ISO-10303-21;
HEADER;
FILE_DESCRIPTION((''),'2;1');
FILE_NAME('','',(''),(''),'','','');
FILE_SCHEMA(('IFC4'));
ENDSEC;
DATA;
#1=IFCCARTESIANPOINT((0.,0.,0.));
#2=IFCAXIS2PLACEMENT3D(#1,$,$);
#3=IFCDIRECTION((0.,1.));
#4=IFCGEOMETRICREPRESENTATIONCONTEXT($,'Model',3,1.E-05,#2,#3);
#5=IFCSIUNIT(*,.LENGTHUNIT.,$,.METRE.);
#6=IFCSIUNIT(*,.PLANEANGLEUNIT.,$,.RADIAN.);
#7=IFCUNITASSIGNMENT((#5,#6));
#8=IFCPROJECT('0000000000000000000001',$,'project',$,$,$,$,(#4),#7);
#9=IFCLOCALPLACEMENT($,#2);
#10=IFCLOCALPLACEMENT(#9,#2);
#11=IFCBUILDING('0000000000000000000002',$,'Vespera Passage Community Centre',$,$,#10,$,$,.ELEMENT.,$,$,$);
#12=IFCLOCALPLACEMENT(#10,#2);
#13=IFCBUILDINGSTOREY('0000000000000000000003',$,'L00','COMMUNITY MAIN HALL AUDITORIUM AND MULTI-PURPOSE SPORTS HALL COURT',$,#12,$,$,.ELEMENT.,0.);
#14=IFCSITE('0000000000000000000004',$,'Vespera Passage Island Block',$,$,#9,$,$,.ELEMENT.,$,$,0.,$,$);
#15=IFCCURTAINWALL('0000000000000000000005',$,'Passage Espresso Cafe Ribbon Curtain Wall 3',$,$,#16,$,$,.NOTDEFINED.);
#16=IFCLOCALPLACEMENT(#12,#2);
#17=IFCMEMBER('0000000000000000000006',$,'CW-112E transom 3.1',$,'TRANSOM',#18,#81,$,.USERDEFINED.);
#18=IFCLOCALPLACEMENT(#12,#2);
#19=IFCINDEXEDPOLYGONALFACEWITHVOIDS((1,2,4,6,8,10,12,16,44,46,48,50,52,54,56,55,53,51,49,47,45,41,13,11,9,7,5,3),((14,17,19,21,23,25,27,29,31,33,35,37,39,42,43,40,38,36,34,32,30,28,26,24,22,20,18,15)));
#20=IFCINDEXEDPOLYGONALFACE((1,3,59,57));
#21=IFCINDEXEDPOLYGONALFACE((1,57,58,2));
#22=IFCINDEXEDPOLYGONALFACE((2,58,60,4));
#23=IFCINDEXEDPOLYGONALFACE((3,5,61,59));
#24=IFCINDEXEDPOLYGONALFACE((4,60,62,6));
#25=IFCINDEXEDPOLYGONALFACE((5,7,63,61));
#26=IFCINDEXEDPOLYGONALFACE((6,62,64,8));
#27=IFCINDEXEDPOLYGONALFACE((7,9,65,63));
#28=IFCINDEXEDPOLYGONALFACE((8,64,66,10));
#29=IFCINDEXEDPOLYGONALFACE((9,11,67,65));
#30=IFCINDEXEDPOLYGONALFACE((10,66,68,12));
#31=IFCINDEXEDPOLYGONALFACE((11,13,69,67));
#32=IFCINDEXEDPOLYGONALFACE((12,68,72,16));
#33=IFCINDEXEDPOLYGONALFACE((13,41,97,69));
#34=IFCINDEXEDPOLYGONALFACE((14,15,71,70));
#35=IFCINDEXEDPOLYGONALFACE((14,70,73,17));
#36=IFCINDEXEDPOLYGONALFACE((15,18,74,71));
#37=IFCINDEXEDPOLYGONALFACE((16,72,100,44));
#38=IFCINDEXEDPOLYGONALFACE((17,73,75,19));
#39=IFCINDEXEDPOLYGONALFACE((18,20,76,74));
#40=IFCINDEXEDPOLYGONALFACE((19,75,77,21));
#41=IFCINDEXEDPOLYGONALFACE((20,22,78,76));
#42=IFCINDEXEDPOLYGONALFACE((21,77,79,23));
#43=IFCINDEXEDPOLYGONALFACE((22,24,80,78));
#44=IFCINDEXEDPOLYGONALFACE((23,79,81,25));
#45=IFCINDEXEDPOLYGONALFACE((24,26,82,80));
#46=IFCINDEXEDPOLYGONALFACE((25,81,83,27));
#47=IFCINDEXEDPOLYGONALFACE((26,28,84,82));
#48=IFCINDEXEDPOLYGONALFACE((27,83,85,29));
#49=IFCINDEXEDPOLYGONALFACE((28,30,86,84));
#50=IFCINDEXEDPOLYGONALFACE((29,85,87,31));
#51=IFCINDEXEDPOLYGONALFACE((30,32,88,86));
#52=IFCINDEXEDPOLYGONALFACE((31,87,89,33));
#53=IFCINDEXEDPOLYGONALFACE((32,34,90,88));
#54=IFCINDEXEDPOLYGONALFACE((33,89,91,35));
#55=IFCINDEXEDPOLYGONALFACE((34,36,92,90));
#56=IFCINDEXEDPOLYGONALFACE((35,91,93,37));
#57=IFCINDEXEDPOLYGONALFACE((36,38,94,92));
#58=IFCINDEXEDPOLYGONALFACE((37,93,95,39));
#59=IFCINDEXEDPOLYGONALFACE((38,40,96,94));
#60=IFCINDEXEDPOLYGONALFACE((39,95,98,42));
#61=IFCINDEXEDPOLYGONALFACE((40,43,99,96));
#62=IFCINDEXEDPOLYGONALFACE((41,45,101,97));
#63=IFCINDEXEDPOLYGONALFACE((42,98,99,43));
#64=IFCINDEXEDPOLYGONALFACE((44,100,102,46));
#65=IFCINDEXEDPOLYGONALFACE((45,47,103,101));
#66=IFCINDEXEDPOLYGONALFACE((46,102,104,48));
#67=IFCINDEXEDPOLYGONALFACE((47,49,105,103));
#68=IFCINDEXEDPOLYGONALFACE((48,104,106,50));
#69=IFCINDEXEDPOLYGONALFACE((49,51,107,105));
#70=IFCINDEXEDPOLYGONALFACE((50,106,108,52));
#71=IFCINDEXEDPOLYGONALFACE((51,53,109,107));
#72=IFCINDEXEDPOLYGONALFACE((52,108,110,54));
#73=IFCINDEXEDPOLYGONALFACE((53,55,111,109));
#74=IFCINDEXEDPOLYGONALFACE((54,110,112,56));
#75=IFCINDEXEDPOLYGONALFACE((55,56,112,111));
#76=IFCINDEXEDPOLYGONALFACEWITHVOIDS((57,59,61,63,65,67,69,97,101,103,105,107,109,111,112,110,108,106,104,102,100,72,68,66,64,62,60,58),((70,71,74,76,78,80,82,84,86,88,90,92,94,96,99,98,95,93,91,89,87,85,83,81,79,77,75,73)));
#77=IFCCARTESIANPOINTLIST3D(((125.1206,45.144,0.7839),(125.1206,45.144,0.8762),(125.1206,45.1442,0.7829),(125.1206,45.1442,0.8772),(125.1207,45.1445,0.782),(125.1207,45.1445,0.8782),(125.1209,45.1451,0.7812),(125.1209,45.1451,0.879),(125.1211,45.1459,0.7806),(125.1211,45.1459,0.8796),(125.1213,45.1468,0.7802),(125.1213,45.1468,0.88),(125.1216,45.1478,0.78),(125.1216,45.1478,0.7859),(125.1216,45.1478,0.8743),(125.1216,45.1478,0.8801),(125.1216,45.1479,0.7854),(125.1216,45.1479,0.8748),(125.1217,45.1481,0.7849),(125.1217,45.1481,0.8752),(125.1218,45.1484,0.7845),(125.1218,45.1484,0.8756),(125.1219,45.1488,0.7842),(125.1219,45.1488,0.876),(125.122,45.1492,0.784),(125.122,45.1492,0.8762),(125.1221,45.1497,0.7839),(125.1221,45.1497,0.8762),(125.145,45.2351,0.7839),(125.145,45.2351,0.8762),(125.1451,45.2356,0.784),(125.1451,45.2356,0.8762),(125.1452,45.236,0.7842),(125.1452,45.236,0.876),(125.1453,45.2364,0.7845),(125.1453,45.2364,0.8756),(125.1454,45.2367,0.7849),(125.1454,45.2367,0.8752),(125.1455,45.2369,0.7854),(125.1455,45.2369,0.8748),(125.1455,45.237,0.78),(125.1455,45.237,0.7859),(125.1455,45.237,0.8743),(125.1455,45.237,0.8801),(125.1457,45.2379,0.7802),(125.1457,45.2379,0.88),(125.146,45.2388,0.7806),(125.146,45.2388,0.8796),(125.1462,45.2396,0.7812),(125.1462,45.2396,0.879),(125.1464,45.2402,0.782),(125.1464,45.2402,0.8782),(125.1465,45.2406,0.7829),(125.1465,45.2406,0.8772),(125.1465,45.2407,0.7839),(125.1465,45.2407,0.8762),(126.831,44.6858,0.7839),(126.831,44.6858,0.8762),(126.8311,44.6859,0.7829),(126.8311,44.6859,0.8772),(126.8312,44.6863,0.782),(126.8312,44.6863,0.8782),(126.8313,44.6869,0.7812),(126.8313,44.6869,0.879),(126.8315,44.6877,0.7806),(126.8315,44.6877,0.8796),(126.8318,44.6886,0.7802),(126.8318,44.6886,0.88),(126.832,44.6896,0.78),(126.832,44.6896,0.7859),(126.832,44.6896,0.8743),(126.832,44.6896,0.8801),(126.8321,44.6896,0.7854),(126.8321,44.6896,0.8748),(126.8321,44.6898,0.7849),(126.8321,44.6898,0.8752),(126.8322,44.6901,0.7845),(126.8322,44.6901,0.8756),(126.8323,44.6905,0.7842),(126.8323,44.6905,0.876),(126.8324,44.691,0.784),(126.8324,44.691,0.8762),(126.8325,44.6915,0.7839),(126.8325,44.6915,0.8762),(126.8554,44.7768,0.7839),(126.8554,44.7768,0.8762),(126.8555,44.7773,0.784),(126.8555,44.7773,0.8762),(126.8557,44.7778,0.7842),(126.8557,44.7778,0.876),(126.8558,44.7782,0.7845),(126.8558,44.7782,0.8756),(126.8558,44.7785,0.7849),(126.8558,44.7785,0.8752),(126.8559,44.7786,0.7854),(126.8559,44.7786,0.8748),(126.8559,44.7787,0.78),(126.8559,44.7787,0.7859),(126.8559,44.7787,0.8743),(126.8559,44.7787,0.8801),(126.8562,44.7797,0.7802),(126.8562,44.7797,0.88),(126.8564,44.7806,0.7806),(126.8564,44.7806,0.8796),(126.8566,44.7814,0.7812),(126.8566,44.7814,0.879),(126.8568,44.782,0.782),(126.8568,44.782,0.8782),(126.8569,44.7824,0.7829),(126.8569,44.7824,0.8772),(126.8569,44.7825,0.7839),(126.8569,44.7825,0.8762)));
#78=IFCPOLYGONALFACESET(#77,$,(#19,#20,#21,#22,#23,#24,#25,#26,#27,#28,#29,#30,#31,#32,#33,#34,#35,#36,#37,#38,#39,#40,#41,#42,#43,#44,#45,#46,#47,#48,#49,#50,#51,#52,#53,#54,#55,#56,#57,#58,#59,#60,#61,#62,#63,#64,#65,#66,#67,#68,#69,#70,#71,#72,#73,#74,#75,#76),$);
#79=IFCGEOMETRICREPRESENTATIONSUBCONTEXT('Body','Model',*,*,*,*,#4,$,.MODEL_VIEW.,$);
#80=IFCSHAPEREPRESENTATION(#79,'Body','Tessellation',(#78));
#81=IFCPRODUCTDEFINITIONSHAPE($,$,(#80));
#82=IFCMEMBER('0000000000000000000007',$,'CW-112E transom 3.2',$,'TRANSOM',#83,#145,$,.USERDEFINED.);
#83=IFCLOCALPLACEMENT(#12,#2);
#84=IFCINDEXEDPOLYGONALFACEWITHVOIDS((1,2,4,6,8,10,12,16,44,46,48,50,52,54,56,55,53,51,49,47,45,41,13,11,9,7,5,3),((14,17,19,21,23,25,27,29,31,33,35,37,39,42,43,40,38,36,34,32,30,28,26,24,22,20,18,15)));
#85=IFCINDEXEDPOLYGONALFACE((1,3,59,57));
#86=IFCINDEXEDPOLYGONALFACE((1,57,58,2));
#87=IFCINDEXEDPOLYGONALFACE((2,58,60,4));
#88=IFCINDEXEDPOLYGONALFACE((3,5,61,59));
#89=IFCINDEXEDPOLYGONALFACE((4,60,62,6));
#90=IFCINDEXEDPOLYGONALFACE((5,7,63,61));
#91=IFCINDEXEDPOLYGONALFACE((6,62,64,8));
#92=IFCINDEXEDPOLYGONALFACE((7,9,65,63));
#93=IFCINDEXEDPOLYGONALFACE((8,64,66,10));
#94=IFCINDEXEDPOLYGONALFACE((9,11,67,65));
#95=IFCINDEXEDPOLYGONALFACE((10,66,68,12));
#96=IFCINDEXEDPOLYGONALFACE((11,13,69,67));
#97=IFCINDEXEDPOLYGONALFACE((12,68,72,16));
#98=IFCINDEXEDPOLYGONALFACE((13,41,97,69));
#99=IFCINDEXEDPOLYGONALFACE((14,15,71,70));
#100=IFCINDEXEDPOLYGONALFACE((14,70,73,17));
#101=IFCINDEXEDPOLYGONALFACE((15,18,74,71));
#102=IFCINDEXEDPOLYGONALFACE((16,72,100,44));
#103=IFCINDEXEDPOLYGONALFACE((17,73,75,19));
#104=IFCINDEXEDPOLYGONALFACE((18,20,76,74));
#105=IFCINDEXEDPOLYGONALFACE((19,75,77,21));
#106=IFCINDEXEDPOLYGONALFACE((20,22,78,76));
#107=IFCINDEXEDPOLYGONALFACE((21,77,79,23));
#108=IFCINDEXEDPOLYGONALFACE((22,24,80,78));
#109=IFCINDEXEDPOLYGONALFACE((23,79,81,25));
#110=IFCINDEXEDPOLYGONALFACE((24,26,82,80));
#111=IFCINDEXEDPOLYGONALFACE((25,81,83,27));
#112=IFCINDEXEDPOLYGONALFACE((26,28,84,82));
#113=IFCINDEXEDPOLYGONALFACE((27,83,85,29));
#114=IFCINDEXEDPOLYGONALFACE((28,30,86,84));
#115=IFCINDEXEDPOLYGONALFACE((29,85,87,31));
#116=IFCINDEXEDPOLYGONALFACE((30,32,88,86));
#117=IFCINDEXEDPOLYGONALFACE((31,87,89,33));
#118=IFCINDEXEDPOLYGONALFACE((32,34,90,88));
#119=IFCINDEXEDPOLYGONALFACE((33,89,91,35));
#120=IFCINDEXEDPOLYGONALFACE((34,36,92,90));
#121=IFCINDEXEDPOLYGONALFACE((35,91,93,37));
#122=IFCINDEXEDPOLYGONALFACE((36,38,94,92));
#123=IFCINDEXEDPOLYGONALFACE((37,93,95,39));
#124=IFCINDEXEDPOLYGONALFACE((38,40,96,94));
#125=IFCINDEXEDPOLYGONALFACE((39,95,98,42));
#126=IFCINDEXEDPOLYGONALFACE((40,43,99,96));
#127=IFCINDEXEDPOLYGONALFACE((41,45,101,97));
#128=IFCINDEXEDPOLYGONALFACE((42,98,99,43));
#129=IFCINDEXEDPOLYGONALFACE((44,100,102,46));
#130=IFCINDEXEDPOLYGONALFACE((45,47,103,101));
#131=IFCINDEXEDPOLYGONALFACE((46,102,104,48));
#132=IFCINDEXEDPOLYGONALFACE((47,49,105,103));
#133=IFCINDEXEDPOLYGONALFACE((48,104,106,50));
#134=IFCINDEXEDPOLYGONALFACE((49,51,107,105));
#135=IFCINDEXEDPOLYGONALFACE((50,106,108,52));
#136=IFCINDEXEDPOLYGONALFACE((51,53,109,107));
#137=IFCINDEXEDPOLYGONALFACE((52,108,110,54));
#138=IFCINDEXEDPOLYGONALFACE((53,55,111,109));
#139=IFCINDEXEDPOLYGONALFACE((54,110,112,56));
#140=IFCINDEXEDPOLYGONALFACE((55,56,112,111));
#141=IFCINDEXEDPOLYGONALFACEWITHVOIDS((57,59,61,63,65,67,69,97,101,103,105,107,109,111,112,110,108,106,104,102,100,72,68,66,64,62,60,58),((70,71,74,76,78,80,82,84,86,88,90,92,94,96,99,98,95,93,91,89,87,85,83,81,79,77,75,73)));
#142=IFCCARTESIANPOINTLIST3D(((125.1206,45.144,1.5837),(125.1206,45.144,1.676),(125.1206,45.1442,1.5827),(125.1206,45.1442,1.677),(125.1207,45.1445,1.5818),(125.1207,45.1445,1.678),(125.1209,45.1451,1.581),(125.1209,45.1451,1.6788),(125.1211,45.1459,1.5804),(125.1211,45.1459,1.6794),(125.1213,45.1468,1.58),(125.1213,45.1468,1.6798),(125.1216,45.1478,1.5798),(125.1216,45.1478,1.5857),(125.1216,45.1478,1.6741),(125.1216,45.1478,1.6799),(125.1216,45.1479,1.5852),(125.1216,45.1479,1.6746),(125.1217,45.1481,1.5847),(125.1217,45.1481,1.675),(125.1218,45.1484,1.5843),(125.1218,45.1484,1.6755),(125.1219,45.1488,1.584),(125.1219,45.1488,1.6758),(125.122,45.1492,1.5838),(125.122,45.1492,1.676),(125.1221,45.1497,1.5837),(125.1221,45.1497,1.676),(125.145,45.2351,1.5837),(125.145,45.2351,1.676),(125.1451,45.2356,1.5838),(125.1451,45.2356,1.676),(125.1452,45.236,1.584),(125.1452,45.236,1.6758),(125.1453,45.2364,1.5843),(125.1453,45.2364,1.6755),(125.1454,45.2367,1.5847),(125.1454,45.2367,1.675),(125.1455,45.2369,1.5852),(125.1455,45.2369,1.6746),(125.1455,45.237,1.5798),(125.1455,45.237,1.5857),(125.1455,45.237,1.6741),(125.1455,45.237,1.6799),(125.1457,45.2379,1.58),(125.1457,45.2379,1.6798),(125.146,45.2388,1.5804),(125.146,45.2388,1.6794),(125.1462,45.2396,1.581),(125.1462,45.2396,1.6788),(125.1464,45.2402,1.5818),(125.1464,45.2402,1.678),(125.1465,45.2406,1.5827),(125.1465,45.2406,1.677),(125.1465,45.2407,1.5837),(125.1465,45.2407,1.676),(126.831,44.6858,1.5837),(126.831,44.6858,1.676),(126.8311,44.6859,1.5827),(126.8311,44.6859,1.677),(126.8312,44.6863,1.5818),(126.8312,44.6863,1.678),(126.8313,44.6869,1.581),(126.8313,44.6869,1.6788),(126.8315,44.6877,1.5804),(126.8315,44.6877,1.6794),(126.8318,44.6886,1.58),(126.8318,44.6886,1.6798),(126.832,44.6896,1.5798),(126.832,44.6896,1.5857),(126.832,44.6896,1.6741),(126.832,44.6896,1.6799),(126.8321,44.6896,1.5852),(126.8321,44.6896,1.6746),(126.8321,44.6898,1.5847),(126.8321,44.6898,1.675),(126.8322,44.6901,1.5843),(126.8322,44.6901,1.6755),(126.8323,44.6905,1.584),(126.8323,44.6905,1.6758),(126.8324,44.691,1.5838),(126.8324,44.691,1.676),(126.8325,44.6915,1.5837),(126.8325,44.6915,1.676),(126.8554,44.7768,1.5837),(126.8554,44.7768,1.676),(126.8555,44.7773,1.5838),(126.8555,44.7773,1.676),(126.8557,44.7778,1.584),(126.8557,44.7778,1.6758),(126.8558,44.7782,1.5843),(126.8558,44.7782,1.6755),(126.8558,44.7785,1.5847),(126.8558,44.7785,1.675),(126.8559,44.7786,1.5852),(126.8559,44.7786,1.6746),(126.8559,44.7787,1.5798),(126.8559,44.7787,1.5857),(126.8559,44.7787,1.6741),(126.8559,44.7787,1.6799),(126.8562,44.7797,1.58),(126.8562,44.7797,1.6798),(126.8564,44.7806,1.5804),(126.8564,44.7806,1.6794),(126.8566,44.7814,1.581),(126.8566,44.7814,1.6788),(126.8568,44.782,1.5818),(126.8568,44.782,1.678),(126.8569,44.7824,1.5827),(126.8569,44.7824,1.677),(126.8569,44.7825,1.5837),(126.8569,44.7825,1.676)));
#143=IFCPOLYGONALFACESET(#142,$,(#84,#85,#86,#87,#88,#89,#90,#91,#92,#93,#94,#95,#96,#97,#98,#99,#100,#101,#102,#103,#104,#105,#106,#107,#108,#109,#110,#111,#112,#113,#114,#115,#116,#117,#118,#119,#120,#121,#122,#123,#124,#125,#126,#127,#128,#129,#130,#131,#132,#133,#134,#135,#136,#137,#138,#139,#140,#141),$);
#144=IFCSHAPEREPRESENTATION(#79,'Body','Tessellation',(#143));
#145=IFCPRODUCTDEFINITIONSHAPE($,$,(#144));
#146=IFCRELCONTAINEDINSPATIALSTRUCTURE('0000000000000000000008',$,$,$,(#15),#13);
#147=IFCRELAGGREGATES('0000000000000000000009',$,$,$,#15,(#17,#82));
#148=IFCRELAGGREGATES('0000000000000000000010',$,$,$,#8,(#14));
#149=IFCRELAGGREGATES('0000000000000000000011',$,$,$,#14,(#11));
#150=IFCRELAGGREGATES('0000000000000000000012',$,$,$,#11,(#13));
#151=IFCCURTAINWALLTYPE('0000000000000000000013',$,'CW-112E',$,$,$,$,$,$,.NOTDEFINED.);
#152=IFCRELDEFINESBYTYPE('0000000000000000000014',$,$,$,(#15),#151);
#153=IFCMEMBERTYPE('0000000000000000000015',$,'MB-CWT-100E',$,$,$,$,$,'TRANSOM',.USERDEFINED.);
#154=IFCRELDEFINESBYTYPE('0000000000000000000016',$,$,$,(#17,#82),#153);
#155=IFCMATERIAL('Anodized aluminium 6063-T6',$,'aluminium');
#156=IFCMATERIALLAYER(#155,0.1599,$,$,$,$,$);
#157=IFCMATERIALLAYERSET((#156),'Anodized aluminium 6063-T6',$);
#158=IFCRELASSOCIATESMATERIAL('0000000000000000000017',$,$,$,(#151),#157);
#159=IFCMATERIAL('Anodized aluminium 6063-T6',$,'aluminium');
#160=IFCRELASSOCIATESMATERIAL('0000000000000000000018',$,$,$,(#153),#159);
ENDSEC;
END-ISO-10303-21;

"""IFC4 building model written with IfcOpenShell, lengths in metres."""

from ifc_helpers import new_model, si_unit, direction, frame, origin, origin_2d, place, context, subcontext, project, spatial, hollow_rectangle, extrude, material, layer, layer_set, material_profile, profile_set, type_object, element, aggregate, save


model = new_model("IFC4")

# Units and contexts
model_context = context("Model", 3, precision=1e-05, world=origin(), true_north=direction((0.0, 1.0)))
body_context = subcontext(model_context, "Body", "Model", "MODEL_VIEW")
ifc_project = project(units=[si_unit("LENGTHUNIT", "METRE"), si_unit("PLANEANGLEUNIT", "RADIAN")], contexts=[model_context])

# Site, building, storey
site_placement = place(None, origin())
site = spatial("IfcSite", under=ifc_project, at=site_placement, Name="Vespera Passage Island Block", CompositionType="ELEMENT", RefElevation=0.0)
building_placement = place(site_placement, origin())
building = spatial("IfcBuilding", under=site, at=building_placement, Name="Vespera Passage Community Centre", CompositionType="ELEMENT")
storey_placement = place(building_placement, origin())
storey = spatial("IfcBuildingStorey", under=building, at=storey_placement, Name="L00", Description="COMMUNITY MAIN HALL AUDITORIUM AND MULTI-PURPOSE SPORTS HALL COURT", CompositionType="ELEMENT", Elevation=0.0)

# Curtain wall
ifc_material_1 = material(Name="Anodized aluminium 6063-T6", Category="aluminium")
ifc_layer_1 = layer(ifc_material_1, 0.1599)
ifc_layer_set_1 = layer_set([ifc_layer_1], Name="Anodized aluminium 6063-T6")
curtain_wall_type_1 = type_object("IfcCurtainWallType", Name="CW-112E", PredefinedType="NOTDEFINED", material=ifc_layer_set_1)
curtain_wall_1_placement = place(storey_placement, origin())
curtain_wall_1 = element("IfcCurtainWall", 1, at=curtain_wall_1_placement, inside=storey, type_object=curtain_wall_type_1, Name="Passage Espresso Cafe Ribbon Curtain Wall 3", PredefinedType="NOTDEFINED")

# Members
ifc_material_2 = material(Name="Anodized aluminium 6063-T6", Category="aluminium")
ifc_material_profile_1 = material_profile(ifc_material_2, hollow_rectangle(XDim=0.1001, YDim=0.1001, WallThickness=0.0039, InnerFilletRadius=0.002, OuterFilletRadius=0.0039, at=origin_2d()), Name="ALU100X100X4")
ifc_profile_set_1 = profile_set([ifc_material_profile_1], Name="Anodized aluminium 6063-T6")
member_type_1 = type_object("IfcMemberType", Name="MB-CWT-100E", ElementType="TRANSOM", PredefinedType="USERDEFINED", material=ifc_profile_set_1)
member_1_placement = place(storey_placement, frame((125.1335, 45.1924, 0.8301), z_axis=(0.965935, -0.258787, 0.0), x_axis=(0.258787, 0.965935, 0.0)))
member_1 = element("IfcMember", 2, at=member_1_placement, type_object=member_type_1, Name="CW-112E transom 3.1", ObjectType="TRANSOM", PredefinedType="USERDEFINED", context=body_context, shape_type="SweptSolid", body=[
    extrude(hollow_rectangle(XDim=0.1001, YDim=0.1001, WallThickness=0.0039, InnerFilletRadius=0.002, OuterFilletRadius=0.0039, at=origin_2d()), origin(), (0.0, 0.0, 1.0), 1.7708),
])
member_2_placement = place(storey_placement, frame((125.1335, 45.1924, 1.6299), z_axis=(0.965935, -0.258787, 0.0), x_axis=(0.258787, 0.965935, 0.0)))
member_2 = element("IfcMember", 3, at=member_2_placement, type_object=member_type_1, Name="CW-112E transom 3.2", ObjectType="TRANSOM", PredefinedType="USERDEFINED", context=body_context, shape_type="SweptSolid", body=[
    extrude(hollow_rectangle(XDim=0.1001, YDim=0.1001, WallThickness=0.0039, InnerFilletRadius=0.002, OuterFilletRadius=0.0039, at=origin_2d()), origin(), (0.0, 0.0, 1.0), 1.7708),
])

aggregate(curtain_wall_1, [member_1, member_2])

save(model, "model.ifc")
